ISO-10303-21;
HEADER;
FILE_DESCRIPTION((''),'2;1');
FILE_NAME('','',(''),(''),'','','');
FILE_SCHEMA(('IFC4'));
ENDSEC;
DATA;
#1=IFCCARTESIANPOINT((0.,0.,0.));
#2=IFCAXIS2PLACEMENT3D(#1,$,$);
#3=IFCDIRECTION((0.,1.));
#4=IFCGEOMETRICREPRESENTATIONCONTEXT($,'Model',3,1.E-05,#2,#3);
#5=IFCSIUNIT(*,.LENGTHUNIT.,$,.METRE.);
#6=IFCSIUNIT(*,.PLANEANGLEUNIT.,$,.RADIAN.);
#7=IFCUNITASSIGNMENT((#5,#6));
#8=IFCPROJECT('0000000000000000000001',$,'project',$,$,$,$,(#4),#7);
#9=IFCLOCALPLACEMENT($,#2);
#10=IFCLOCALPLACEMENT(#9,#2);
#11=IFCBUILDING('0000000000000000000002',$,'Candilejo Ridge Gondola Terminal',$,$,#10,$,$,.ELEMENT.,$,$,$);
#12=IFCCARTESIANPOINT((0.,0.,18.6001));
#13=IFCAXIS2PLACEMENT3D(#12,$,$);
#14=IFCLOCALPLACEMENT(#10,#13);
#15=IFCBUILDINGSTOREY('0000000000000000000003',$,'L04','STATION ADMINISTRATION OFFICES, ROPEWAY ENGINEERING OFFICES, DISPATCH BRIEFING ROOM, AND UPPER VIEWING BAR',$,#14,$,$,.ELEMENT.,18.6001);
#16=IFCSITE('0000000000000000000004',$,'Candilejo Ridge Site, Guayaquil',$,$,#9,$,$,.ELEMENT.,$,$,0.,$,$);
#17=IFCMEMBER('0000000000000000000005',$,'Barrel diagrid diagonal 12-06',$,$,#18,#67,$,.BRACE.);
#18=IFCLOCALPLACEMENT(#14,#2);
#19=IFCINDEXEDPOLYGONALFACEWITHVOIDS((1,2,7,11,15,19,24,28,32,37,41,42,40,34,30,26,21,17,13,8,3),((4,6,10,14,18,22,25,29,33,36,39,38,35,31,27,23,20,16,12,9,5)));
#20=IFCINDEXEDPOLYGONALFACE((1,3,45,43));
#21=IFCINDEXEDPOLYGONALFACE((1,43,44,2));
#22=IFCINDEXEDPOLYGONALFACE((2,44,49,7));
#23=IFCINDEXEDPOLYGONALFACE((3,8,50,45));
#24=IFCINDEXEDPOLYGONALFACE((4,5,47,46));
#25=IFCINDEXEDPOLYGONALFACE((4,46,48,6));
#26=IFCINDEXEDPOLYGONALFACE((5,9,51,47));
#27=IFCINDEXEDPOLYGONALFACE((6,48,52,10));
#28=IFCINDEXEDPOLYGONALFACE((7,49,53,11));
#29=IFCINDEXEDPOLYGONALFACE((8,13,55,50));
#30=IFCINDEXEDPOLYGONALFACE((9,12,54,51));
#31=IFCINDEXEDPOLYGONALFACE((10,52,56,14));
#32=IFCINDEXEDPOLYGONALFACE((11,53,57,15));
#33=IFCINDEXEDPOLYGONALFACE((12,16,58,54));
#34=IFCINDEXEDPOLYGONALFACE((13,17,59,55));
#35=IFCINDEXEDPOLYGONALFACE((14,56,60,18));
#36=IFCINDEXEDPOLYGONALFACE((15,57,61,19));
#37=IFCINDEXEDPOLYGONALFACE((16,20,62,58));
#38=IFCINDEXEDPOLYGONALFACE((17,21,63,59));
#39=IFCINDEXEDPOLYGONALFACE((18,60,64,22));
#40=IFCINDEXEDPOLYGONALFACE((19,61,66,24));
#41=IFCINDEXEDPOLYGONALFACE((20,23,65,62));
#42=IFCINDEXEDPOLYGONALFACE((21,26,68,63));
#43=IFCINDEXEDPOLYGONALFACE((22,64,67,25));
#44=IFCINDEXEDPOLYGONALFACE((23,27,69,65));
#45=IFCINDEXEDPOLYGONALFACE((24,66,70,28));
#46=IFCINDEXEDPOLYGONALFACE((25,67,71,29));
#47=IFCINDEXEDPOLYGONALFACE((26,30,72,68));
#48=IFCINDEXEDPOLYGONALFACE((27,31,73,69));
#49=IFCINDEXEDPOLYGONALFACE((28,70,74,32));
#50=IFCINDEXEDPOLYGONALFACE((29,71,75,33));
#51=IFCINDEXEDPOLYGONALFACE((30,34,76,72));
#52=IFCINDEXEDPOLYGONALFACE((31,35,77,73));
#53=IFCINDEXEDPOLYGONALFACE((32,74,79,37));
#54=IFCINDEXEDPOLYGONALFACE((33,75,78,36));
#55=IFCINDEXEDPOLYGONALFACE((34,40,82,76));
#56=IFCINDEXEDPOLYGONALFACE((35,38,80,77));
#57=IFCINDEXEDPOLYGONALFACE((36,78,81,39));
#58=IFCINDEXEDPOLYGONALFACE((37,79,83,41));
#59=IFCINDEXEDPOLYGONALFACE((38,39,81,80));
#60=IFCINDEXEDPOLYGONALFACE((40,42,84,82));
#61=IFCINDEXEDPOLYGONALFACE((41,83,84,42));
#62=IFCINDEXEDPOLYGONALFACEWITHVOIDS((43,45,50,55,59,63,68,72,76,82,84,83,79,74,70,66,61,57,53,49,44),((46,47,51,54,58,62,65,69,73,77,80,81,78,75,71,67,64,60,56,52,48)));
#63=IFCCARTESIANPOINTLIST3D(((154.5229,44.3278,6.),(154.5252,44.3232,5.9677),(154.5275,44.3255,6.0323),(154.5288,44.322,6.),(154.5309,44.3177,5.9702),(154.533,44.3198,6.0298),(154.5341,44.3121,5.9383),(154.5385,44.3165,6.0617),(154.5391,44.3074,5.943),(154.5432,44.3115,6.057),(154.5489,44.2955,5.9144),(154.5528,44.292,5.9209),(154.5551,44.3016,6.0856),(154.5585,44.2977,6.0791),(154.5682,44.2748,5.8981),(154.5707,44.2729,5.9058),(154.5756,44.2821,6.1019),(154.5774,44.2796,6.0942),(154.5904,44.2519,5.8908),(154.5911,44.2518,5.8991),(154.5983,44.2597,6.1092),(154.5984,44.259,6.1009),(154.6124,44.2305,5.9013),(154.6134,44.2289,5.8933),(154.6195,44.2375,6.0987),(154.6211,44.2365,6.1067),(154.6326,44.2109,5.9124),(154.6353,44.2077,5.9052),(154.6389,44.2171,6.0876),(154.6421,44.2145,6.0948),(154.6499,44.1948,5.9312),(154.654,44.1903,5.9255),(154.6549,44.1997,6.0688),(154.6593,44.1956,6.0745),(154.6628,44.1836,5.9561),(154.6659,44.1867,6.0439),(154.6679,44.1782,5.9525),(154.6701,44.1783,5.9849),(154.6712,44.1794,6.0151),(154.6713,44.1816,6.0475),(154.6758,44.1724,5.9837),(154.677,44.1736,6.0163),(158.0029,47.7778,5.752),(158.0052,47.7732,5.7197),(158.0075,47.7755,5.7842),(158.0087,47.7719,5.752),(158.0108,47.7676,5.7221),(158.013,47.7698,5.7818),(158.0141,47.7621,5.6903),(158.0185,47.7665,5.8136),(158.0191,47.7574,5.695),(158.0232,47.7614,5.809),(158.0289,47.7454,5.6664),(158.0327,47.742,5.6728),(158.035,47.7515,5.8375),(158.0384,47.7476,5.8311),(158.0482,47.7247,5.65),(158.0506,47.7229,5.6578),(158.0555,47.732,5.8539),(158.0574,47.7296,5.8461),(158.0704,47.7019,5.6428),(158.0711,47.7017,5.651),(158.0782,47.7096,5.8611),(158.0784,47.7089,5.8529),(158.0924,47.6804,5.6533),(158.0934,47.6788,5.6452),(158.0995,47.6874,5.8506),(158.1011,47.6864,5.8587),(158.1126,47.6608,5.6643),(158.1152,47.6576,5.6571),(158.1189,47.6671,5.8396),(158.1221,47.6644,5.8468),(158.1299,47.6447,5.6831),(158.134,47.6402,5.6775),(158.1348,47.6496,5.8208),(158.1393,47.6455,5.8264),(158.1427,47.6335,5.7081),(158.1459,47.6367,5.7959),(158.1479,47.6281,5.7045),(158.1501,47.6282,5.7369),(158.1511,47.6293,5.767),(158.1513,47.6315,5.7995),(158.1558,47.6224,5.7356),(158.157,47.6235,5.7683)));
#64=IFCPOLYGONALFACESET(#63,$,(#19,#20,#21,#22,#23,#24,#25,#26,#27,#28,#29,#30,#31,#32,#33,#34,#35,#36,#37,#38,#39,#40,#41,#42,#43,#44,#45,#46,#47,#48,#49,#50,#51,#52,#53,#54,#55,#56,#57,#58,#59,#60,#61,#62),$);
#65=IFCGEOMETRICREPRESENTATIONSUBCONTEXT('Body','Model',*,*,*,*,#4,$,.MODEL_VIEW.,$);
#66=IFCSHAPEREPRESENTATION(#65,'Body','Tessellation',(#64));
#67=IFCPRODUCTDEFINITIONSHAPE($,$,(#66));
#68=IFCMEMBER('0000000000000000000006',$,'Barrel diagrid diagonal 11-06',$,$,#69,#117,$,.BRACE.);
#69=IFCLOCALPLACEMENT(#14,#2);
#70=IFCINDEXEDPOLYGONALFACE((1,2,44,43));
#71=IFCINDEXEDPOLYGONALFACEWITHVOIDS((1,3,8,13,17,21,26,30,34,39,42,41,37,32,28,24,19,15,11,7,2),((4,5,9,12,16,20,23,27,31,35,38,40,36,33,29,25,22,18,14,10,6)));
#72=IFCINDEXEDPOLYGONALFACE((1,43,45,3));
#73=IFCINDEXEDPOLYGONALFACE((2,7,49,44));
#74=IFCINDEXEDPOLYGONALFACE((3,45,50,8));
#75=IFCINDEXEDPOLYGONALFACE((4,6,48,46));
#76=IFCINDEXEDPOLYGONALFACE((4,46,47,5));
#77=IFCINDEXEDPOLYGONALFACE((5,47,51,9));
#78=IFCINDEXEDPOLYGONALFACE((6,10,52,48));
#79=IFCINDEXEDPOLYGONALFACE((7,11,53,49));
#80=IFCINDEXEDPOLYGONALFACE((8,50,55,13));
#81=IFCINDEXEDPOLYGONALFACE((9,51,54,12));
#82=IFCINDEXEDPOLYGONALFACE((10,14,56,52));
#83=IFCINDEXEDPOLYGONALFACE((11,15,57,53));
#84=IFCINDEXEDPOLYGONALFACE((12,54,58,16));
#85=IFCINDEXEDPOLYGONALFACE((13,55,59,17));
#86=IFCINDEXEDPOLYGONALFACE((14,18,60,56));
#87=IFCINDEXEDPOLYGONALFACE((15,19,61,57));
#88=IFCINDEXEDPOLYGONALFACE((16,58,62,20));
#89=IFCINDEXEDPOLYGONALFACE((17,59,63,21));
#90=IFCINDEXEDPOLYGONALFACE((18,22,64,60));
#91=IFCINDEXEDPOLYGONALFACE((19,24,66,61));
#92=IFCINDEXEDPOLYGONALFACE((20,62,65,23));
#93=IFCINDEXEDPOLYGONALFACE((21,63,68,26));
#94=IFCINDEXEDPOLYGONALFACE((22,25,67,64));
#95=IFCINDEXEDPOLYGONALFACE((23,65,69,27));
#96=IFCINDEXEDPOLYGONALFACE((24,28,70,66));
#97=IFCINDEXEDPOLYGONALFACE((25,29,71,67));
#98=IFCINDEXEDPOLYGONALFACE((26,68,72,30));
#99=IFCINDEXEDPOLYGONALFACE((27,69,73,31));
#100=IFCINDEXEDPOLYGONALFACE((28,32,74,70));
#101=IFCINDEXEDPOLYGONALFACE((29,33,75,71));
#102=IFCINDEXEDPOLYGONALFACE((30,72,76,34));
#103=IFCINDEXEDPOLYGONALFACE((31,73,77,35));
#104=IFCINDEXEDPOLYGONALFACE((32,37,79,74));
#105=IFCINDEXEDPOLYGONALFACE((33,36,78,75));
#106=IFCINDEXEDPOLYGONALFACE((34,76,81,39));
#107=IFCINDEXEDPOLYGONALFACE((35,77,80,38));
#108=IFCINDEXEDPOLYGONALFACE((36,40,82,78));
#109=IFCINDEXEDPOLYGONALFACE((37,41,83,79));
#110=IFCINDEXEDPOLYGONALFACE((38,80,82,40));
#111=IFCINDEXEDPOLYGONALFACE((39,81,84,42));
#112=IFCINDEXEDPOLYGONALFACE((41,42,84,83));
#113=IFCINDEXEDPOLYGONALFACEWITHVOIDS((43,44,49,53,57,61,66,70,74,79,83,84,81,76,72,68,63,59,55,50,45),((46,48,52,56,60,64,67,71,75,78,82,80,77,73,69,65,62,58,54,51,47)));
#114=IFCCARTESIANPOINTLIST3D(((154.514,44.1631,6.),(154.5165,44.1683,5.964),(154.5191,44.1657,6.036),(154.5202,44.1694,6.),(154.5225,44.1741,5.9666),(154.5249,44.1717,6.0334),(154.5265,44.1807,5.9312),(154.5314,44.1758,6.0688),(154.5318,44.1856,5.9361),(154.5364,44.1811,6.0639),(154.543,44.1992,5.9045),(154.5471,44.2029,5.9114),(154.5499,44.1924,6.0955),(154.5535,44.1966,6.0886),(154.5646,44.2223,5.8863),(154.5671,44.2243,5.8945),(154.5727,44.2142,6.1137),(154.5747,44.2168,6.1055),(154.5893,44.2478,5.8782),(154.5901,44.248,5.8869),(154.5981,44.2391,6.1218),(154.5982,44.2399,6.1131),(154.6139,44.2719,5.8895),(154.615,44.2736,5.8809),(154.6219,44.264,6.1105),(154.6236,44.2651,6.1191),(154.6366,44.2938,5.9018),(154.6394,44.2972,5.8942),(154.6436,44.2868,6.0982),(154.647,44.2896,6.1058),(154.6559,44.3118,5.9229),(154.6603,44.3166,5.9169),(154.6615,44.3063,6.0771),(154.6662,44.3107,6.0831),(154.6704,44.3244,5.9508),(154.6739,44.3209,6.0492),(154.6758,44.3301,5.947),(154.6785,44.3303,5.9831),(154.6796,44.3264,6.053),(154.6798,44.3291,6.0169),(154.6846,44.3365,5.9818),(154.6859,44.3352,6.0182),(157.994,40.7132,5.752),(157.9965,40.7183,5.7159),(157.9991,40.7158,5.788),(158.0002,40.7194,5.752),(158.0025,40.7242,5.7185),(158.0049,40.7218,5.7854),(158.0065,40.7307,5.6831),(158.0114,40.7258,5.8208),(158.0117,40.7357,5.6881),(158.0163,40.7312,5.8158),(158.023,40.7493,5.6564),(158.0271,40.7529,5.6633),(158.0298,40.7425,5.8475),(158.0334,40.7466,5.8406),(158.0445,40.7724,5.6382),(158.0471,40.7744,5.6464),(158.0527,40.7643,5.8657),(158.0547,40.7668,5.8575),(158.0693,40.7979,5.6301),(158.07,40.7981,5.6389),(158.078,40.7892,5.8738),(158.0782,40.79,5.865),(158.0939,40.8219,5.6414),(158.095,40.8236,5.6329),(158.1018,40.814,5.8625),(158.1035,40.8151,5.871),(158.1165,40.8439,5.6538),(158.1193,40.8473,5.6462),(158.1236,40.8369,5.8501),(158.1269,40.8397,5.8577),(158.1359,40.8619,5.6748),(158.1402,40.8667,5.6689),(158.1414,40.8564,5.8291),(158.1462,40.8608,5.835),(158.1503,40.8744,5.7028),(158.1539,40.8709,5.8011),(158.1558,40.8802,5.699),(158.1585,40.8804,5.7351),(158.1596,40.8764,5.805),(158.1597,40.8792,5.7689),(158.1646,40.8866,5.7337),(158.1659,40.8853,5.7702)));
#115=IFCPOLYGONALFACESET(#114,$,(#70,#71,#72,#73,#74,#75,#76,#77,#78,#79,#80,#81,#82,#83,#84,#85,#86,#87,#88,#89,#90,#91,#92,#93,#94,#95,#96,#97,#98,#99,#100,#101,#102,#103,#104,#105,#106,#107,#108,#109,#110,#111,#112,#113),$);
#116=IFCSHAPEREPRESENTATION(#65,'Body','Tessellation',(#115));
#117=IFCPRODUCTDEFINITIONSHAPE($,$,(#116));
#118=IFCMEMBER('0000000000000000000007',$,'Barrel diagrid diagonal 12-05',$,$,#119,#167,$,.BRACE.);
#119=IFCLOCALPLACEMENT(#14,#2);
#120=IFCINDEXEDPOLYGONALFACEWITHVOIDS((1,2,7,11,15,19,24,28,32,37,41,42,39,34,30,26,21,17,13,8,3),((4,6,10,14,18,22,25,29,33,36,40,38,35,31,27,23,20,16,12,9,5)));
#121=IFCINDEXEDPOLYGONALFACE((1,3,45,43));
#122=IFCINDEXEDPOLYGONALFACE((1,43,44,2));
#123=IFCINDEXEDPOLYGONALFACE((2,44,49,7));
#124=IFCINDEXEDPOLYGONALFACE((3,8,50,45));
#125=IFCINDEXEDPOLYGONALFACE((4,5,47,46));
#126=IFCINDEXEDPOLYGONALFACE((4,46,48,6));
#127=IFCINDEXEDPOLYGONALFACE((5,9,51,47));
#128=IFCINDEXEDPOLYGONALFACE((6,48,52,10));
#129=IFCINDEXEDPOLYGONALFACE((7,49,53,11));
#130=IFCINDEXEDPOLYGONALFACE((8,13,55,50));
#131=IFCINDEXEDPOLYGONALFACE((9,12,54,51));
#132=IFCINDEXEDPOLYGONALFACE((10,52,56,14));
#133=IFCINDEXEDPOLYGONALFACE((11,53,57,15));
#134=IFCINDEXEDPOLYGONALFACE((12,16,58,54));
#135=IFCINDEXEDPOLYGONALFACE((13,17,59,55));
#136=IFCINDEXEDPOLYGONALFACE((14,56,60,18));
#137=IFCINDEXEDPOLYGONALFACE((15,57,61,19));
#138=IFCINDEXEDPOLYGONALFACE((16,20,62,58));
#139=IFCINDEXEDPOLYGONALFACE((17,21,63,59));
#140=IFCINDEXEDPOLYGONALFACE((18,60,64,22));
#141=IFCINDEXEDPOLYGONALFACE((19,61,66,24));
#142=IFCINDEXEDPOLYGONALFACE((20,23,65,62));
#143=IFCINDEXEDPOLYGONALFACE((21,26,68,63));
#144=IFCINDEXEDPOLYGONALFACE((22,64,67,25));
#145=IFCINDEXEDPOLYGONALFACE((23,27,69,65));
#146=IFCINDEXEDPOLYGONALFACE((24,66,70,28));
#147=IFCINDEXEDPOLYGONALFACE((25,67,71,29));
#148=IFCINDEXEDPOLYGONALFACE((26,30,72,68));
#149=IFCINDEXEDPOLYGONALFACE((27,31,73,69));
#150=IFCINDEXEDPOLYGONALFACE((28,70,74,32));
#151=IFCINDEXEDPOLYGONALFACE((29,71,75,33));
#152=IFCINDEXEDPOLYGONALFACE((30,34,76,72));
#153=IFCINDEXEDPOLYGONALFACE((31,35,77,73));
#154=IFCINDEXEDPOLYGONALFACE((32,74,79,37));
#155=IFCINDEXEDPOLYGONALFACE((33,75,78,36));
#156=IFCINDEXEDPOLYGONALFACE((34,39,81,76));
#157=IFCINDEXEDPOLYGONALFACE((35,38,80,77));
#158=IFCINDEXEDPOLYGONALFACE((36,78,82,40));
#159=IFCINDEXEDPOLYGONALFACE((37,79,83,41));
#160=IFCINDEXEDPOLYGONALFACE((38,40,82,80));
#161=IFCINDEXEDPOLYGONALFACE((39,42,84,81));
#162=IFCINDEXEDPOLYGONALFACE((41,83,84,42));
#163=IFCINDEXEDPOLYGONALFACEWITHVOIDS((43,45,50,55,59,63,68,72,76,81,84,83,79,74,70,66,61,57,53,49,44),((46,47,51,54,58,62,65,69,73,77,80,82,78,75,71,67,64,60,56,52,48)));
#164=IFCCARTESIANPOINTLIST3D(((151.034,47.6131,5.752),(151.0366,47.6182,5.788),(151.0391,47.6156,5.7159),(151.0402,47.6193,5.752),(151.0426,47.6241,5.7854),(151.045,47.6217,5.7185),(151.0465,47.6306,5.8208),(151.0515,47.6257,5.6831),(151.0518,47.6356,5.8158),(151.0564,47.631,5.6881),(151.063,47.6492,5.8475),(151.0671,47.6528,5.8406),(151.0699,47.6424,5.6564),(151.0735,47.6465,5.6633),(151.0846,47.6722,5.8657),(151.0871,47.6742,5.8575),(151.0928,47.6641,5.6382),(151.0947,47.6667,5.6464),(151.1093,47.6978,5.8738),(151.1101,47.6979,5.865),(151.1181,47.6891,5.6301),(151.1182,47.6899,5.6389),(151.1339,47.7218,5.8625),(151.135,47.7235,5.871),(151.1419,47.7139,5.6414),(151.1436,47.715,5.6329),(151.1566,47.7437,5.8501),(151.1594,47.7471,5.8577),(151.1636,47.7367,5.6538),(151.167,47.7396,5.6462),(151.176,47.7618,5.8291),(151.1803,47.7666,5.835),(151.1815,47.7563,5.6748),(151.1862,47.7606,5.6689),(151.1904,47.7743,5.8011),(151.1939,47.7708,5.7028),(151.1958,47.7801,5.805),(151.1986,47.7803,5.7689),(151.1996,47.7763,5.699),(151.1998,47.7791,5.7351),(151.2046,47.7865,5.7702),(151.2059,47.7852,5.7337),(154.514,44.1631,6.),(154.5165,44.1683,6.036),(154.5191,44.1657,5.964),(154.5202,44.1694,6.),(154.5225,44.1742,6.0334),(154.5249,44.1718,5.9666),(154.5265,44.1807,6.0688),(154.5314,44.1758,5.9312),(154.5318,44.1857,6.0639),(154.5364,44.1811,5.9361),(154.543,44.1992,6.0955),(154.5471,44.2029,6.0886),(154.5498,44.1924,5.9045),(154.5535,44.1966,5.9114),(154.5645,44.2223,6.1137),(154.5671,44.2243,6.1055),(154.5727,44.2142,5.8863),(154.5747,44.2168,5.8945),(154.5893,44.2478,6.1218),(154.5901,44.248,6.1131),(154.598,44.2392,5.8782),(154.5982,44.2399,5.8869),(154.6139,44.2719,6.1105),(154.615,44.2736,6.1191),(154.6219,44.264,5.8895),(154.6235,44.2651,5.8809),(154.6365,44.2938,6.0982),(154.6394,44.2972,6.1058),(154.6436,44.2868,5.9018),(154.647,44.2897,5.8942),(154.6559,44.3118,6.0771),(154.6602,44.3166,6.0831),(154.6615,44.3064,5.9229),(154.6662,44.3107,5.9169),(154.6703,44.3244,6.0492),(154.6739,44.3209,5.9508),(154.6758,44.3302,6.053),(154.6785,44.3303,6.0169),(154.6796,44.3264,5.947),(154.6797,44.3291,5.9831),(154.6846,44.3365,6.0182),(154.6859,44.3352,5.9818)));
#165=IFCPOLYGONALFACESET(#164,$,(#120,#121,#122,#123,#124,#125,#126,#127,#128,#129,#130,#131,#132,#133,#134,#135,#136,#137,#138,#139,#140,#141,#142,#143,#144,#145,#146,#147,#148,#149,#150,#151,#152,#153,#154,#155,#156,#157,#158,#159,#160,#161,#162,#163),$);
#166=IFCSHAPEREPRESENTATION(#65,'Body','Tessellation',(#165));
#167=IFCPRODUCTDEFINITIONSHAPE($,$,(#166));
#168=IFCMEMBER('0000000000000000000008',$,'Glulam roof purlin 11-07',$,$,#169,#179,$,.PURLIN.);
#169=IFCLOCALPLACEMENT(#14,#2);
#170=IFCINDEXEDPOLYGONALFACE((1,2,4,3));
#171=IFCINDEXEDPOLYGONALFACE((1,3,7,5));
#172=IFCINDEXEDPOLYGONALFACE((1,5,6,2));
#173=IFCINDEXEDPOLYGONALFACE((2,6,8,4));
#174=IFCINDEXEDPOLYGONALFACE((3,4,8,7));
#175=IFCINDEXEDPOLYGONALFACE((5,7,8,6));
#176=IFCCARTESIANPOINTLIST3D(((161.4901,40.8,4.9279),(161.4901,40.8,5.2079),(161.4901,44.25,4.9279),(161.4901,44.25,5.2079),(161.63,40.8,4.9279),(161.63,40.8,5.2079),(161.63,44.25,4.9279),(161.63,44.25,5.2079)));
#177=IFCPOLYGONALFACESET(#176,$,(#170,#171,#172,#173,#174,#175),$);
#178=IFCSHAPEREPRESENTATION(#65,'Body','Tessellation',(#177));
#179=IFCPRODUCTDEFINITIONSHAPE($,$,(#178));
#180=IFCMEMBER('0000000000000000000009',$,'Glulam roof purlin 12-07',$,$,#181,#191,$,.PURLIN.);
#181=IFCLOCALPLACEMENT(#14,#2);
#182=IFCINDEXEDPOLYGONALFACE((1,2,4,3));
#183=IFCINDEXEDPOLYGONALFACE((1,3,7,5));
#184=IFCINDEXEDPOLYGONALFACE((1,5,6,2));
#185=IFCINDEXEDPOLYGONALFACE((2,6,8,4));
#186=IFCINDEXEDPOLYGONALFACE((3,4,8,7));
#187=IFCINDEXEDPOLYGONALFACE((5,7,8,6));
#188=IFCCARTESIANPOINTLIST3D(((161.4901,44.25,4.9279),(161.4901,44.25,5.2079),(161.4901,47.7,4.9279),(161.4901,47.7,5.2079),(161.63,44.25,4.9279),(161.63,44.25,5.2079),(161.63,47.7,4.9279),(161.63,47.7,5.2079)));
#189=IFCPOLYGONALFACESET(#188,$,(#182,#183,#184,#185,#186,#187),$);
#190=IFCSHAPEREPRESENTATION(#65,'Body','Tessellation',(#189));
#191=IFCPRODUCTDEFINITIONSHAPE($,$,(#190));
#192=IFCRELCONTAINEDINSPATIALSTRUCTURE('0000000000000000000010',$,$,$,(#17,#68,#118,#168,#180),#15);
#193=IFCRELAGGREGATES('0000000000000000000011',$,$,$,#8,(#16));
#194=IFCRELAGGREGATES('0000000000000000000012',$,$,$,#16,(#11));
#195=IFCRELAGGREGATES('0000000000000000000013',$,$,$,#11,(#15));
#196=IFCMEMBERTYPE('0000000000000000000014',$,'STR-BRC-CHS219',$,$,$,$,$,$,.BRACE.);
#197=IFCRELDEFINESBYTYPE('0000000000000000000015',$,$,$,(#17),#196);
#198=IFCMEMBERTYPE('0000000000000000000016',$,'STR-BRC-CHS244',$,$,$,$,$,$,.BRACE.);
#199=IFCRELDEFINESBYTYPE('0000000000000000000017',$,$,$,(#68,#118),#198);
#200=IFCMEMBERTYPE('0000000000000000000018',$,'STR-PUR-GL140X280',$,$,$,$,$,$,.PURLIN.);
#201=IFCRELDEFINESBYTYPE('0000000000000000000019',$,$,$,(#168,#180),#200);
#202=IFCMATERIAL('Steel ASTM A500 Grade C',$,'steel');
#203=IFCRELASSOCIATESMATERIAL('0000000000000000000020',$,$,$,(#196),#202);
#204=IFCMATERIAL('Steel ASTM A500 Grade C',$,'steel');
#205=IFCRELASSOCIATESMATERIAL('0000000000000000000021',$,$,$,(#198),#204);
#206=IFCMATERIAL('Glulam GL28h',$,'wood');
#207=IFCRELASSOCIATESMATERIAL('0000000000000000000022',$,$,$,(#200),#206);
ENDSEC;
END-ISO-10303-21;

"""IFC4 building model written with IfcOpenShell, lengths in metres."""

from ifc_helpers import new_model, si_unit, direction, frame, origin, origin_2d, place, context, subcontext, project, spatial, rectangle, hollow_circle, extrude, material, material_profile, profile_set, type_object, element, save


model = new_model("IFC4")

# Units and contexts
model_context = context("Model", 3, precision=1e-05, world=origin(), true_north=direction((0.0, 1.0)))
body_context = subcontext(model_context, "Body", "Model", "MODEL_VIEW")
ifc_project = project(units=[si_unit("LENGTHUNIT", "METRE"), si_unit("PLANEANGLEUNIT", "RADIAN")], contexts=[model_context])

# Site, building, storey
site_placement = place(None, origin())
site = spatial("IfcSite", under=ifc_project, at=site_placement, Name="Candilejo Ridge Site, Guayaquil", CompositionType="ELEMENT", RefElevation=0.0)
building_placement = place(site_placement, origin())
building = spatial("IfcBuilding", under=site, at=building_placement, Name="Candilejo Ridge Gondola Terminal", CompositionType="ELEMENT")
storey_placement = place(building_placement, frame((0.0, 0.0, 18.6001)))
storey = spatial("IfcBuildingStorey", under=building, at=storey_placement, Name="L04", Description="STATION ADMINISTRATION OFFICES, ROPEWAY ENGINEERING OFFICES, DISPATCH BRIEFING ROOM, AND UPPER VIEWING BAR", CompositionType="ELEMENT", Elevation=18.6001)

# Members
ifc_material_1 = material(Name="Steel ASTM A500 Grade C", Category="steel")
ifc_material_profile_1 = material_profile(ifc_material_1, hollow_circle(Radius=0.1096, WallThickness=0.0083, at=origin_2d()))
ifc_profile_set_1 = profile_set([ifc_material_profile_1], Name="Steel ASTM A500 Grade C")
member_type_1 = type_object("IfcMemberType", Name="STR-BRC-CHS219", PredefinedType="BRACE", material=ifc_profile_set_1)
member_1_placement = place(storey_placement, frame((154.6001, 44.25, 6.0), z_axis=(0.709256, 0.703136, -0.050555), x_axis=(-0.704036, 0.710164, 0.0)))
element("IfcMember", 1, at=member_1_placement, inside=storey, type_object=member_type_1, Name="Barrel diagrid diagonal 12-06", PredefinedType="BRACE", context=body_context, shape_type="SweptSolid", body=[
    extrude(hollow_circle(Radius=0.1096, WallThickness=0.0083, at=origin_2d()), origin(), (0.0, 0.0, 1.0), 4.9065),
])
ifc_material_2 = material(Name="Steel ASTM A500 Grade C", Category="steel")
ifc_material_profile_2 = material_profile(ifc_material_2, hollow_circle(Radius=0.1223, WallThickness=0.0088, at=origin_2d()))
ifc_profile_set_2 = profile_set([ifc_material_profile_2], Name="Steel ASTM A500 Grade C")
member_type_2 = type_object("IfcMemberType", Name="STR-BRC-CHS244", PredefinedType="BRACE", material=ifc_profile_set_2)
for number, where, z_axis, x_axis, name in (
    (2, (158.0801, 40.8, 5.752), (-0.709256, 0.703136, 0.050555), (-0.704036, -0.710164, 0.0), "Barrel diagrid diagonal 11-06"),
    (3, (154.6001, 44.25, 6.0), (-0.709256, 0.703136, -0.050555), (-0.704036, -0.710164, 0.0), "Barrel diagrid diagonal 12-05"),
):
    element("IfcMember", number, at=place(storey_placement, frame(where, z_axis=z_axis, x_axis=x_axis)), inside=storey, type_object=member_type_2, Name=name, PredefinedType="BRACE", context=body_context, shape_type="SweptSolid", body=[
        extrude(hollow_circle(Radius=0.1223, WallThickness=0.0088, at=origin_2d()), origin(), (0.0, 0.0, 1.0), 4.9065),
    ])
ifc_material_3 = material(Name="Glulam GL28h", Category="wood")
ifc_material_profile_3 = material_profile(ifc_material_3, rectangle(XDim=0.1399, YDim=0.28, at=origin_2d()))
ifc_profile_set_3 = profile_set([ifc_material_profile_3], Name="Glulam GL28h")
member_type_3 = type_object("IfcMemberType", Name="STR-PUR-GL140X280", PredefinedType="PURLIN", material=ifc_profile_set_3)
for number, where, z_axis, x_axis, name in (
    (4, (161.5601, 40.8, 5.0679), (0.0, 1.0, 0.0), (-1.0, 0.0, 0.0), "Glulam roof purlin 11-07"),
    (5, (161.5601, 44.25, 5.0679), (0.0, 1.0, 0.0), (-1.0, 0.0, 0.0), "Glulam roof purlin 12-07"),
):
    element("IfcMember", number, at=place(storey_placement, frame(where, z_axis=z_axis, x_axis=x_axis)), inside=storey, type_object=member_type_3, Name=name, PredefinedType="PURLIN", context=body_context, shape_type="SweptSolid", body=[
        extrude(rectangle(XDim=0.1399, YDim=0.28, at=origin_2d()), origin(), (0.0, 0.0, 1.0), 3.45),
    ])

save(model, "model.ifc")
